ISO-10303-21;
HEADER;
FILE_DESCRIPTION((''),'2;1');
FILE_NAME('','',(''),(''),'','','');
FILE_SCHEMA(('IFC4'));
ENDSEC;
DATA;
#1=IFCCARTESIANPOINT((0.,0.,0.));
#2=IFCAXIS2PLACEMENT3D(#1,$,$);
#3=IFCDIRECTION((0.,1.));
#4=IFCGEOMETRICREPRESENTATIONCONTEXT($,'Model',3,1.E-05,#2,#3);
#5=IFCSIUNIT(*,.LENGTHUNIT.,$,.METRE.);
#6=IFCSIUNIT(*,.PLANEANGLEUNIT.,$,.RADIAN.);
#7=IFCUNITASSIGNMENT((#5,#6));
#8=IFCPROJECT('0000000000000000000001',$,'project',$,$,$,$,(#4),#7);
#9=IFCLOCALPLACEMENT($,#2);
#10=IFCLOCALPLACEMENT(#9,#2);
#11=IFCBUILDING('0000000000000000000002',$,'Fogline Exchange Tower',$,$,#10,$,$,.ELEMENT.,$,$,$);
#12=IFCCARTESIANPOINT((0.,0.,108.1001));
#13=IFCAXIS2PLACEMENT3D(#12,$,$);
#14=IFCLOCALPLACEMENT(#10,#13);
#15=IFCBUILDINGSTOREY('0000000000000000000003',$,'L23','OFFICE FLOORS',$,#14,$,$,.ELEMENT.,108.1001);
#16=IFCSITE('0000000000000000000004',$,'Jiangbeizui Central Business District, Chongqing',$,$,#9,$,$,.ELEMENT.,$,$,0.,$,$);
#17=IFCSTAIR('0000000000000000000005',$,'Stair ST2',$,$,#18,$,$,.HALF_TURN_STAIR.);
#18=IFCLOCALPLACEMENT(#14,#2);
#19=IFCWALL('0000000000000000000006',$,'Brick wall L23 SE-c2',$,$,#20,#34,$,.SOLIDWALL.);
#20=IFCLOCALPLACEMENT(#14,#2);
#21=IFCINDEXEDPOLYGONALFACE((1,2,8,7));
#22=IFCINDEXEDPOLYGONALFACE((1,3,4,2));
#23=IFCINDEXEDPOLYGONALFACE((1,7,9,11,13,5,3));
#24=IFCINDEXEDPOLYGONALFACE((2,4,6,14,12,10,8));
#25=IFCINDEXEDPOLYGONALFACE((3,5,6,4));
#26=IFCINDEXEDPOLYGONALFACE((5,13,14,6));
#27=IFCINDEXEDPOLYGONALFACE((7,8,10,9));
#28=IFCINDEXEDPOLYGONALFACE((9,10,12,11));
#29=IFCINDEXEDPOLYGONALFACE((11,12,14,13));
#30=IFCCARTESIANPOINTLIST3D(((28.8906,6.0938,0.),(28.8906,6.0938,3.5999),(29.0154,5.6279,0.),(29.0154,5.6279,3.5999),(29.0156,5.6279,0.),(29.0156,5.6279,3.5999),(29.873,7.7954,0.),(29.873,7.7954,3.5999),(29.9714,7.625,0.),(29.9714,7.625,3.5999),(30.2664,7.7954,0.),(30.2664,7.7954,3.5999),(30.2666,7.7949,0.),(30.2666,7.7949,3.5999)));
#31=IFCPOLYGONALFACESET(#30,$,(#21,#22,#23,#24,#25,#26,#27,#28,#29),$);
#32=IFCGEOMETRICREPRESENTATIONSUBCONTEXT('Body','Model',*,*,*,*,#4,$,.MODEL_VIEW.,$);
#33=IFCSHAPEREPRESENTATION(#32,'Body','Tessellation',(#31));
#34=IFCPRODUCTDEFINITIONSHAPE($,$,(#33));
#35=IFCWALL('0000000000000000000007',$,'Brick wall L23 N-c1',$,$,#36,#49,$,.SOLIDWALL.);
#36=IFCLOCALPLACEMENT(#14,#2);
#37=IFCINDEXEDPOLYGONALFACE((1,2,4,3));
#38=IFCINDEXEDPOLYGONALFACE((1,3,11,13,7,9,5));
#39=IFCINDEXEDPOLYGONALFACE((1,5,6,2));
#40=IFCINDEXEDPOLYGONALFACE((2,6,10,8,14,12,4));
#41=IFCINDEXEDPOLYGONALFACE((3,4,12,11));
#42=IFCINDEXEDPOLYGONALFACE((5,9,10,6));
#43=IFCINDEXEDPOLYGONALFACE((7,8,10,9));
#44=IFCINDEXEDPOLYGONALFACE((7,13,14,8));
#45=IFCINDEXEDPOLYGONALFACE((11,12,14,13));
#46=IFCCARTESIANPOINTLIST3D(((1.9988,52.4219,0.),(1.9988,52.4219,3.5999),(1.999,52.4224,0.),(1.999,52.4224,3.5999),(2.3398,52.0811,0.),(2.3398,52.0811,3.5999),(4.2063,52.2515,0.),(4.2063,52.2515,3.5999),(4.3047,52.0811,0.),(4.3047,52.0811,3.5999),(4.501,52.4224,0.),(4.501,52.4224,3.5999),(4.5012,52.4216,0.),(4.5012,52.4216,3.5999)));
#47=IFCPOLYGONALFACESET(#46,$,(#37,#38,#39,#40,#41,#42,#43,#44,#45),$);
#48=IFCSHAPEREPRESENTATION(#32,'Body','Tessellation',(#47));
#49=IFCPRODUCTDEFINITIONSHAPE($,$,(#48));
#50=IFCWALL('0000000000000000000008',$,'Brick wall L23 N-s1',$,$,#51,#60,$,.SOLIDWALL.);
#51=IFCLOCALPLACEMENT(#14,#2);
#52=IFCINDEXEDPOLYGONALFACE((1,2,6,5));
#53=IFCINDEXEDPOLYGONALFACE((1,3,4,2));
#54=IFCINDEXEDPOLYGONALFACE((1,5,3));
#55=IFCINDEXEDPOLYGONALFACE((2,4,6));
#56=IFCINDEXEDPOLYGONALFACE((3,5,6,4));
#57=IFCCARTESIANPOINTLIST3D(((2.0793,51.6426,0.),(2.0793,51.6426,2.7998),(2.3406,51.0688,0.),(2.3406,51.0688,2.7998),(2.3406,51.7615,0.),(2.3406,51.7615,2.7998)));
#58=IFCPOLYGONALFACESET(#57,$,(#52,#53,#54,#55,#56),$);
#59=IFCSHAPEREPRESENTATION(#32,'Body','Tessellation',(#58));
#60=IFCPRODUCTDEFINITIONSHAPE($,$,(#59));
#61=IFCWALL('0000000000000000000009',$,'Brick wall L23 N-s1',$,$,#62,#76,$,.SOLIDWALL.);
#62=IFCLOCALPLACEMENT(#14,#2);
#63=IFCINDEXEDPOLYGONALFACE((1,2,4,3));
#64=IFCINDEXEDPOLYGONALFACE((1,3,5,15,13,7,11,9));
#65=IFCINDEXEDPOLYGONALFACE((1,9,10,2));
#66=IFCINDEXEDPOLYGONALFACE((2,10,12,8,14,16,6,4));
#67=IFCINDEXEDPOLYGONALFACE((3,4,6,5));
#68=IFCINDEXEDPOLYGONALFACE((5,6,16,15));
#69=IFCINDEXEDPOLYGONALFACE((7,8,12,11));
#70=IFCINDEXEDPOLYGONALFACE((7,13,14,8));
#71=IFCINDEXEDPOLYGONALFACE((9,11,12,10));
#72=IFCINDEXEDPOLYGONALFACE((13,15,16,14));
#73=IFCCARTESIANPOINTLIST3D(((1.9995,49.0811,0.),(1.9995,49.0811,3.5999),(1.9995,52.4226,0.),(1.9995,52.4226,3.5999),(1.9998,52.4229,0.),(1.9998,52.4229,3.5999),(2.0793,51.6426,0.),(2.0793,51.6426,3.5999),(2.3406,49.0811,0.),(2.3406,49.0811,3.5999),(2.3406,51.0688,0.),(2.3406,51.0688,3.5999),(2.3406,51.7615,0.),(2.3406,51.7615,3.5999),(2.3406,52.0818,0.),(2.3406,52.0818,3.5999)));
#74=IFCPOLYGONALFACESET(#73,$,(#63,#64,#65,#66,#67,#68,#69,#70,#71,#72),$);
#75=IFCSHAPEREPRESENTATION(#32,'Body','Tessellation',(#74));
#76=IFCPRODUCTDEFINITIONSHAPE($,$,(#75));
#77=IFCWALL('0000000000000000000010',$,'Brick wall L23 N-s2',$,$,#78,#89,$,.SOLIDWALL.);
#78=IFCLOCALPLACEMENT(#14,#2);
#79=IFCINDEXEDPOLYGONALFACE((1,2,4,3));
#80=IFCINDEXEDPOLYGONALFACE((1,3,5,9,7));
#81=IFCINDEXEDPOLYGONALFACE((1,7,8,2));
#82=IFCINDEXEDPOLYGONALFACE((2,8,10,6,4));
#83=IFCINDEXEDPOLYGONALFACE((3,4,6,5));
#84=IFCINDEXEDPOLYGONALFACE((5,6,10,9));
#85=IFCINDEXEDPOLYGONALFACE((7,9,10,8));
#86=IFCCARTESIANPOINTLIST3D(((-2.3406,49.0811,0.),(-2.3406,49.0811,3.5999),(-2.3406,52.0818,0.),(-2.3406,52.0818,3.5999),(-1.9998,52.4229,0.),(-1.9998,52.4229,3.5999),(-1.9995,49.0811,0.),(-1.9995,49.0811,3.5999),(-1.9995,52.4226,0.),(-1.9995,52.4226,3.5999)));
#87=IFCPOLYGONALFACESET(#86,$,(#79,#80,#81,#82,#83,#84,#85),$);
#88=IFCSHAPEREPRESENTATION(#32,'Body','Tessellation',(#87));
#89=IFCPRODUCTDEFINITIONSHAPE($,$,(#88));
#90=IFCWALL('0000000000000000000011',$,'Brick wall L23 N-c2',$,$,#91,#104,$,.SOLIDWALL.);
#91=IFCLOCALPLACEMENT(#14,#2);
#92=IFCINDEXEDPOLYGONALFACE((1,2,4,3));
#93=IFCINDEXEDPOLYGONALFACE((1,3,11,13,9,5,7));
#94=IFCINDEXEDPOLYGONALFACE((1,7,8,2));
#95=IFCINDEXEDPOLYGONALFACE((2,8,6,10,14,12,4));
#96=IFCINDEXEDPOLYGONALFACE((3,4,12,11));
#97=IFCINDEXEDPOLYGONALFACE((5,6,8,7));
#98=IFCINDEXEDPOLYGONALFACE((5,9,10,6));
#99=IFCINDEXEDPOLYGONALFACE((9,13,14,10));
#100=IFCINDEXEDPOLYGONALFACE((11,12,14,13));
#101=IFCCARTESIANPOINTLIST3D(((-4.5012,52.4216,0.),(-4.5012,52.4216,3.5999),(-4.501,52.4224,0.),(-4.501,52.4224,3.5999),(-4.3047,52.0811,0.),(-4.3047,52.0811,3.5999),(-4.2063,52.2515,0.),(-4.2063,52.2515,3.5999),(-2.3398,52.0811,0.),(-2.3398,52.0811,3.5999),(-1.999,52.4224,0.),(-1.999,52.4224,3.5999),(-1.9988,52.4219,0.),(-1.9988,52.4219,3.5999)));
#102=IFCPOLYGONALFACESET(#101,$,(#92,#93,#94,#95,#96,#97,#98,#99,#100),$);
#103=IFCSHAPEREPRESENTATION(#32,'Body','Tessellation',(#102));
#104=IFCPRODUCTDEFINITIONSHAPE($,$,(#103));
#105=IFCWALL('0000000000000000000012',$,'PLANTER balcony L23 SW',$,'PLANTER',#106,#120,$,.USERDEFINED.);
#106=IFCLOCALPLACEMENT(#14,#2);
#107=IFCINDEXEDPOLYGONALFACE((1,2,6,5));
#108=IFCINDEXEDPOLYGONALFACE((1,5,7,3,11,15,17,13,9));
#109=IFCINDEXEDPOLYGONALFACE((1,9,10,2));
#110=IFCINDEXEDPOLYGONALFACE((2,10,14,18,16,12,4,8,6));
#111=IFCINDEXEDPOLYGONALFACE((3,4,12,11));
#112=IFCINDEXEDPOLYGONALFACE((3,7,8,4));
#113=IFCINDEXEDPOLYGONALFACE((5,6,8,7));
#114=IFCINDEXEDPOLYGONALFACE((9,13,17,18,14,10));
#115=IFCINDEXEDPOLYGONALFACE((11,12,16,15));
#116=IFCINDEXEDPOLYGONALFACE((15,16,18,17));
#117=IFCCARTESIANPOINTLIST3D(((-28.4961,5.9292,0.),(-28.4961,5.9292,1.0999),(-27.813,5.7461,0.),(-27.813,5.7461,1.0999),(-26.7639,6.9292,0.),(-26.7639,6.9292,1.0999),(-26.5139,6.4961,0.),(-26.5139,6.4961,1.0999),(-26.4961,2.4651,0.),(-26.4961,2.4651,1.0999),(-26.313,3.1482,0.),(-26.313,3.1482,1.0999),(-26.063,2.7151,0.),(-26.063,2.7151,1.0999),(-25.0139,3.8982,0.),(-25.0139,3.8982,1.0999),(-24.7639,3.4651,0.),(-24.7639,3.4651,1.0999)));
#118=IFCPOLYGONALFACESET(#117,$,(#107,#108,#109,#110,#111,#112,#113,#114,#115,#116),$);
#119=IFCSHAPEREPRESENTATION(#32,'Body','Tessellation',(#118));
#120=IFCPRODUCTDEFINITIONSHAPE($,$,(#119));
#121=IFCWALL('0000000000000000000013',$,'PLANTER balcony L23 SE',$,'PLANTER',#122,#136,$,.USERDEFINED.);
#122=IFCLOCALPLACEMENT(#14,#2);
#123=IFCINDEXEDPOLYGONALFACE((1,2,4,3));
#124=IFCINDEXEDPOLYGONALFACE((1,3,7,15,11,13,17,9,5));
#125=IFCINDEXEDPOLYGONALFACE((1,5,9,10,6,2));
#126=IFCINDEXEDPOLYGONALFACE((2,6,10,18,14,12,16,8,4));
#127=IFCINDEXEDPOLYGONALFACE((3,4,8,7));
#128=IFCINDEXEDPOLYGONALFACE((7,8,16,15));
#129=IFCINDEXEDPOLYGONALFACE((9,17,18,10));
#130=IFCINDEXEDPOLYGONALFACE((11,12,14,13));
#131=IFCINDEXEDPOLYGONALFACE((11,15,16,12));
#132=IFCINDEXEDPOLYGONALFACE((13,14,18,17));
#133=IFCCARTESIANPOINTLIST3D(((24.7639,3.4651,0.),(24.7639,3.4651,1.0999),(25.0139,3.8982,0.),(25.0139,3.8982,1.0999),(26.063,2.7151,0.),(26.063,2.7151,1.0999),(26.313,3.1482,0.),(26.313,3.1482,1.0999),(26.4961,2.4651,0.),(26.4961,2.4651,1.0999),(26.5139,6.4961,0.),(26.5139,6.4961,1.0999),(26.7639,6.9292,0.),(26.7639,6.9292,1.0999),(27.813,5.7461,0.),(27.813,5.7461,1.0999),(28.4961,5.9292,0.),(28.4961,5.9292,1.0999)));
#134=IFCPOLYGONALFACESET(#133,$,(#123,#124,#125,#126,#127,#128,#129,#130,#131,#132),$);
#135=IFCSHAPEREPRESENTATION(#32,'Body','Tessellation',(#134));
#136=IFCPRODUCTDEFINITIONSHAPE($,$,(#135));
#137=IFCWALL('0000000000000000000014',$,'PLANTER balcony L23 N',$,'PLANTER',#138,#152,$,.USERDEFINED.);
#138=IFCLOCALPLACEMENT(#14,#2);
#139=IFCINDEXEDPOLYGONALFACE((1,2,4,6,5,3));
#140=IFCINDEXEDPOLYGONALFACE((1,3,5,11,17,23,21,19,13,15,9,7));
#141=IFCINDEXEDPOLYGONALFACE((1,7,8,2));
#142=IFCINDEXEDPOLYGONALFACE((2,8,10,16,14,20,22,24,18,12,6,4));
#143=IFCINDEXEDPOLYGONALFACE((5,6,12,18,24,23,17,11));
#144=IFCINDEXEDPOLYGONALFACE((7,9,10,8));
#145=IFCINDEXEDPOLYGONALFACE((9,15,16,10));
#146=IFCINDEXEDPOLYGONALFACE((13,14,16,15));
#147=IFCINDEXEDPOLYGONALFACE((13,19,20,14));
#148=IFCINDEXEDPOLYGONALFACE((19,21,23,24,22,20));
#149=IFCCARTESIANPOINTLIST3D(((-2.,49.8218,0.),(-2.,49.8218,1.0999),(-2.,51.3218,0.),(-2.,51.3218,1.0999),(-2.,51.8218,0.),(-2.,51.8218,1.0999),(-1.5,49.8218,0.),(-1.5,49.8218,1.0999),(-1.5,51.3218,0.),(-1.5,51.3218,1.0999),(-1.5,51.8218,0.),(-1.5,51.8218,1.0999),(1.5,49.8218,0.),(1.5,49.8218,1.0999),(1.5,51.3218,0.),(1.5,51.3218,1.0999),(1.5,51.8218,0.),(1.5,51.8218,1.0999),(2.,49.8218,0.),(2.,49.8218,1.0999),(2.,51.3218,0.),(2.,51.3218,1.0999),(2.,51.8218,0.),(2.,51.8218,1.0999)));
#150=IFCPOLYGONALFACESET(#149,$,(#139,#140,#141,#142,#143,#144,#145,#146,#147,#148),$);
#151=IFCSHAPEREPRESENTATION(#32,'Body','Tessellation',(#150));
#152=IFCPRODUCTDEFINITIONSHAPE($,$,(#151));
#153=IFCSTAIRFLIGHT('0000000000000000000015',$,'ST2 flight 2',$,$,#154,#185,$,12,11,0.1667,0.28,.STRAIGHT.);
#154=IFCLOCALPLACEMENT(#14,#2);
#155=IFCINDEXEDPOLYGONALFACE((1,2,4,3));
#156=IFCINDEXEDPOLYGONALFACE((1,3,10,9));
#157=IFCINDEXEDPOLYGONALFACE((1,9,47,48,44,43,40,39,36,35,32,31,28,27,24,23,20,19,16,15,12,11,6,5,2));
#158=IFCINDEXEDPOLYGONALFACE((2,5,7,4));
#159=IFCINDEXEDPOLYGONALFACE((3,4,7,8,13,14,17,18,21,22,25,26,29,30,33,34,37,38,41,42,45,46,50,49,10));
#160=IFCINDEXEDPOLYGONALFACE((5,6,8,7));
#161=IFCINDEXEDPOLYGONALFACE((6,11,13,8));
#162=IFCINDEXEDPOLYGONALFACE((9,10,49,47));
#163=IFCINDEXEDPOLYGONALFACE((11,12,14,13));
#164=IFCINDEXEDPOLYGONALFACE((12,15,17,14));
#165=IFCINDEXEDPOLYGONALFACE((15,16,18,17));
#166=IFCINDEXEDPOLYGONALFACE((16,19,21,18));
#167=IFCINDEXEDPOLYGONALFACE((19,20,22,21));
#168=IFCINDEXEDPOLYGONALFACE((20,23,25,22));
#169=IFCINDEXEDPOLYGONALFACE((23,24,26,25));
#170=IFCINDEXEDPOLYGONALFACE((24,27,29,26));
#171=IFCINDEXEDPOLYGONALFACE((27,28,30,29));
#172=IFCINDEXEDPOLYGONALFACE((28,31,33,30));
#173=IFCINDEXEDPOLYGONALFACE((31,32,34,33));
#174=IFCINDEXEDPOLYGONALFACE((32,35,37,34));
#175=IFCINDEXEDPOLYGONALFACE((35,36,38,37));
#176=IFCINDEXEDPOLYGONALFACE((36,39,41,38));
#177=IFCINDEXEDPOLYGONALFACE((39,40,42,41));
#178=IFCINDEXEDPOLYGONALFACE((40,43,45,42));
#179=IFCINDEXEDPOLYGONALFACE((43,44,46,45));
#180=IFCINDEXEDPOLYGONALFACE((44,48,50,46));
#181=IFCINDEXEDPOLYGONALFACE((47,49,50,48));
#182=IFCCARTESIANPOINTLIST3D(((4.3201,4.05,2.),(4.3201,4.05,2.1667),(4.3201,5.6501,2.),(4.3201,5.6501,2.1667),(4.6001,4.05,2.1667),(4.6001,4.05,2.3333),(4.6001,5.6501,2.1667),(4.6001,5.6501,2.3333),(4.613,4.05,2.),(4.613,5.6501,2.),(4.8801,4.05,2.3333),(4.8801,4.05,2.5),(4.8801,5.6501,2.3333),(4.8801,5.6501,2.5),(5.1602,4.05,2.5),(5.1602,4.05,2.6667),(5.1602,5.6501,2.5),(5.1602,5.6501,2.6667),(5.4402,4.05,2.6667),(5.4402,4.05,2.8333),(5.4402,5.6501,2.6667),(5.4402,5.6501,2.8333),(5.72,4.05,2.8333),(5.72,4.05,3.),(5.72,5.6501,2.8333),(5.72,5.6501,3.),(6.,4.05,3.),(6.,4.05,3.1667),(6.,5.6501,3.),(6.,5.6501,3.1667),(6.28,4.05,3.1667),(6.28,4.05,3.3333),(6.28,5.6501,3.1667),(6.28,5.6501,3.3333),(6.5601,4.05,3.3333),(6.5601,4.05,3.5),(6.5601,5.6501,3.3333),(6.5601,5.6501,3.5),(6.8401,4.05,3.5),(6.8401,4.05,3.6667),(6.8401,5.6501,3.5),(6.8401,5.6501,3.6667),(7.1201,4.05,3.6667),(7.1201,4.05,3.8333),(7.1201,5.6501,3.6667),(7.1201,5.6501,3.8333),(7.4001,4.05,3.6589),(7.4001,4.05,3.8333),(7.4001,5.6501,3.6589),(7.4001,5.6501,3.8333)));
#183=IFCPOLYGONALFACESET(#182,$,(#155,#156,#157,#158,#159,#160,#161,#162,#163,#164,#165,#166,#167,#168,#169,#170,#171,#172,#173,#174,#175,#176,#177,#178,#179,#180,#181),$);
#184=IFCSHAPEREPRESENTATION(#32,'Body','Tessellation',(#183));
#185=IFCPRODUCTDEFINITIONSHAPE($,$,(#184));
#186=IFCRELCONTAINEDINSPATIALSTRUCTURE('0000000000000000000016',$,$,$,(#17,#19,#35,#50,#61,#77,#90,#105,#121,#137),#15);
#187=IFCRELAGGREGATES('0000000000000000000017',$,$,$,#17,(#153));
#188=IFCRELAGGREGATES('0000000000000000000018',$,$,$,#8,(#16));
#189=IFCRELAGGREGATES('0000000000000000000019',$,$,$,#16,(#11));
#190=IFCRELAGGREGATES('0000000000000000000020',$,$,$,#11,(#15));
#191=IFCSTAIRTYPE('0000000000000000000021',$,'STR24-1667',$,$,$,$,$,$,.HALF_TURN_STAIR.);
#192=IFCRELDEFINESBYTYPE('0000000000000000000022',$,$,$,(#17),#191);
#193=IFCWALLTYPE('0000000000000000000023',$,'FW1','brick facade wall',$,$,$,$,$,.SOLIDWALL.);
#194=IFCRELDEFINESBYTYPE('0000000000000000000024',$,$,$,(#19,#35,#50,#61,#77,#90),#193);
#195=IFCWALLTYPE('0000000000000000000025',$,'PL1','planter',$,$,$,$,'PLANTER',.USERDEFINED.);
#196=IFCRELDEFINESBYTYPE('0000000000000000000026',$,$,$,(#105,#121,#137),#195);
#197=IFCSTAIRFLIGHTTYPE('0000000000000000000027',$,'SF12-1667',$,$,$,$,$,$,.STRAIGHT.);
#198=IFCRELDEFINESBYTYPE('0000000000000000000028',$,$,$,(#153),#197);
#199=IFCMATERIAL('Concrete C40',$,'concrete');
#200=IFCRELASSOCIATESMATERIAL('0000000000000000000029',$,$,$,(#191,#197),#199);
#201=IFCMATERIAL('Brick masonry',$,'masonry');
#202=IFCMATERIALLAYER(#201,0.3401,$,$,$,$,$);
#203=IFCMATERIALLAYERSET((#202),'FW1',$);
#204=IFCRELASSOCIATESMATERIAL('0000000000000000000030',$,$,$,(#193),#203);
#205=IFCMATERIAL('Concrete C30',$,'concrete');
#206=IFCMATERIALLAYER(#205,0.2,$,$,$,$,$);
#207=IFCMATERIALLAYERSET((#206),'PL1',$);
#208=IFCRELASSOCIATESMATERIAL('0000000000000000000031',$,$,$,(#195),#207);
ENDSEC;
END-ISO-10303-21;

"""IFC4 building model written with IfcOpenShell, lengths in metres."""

from ifc_helpers import new_model, si_unit, direction, frame, origin, place, context, subcontext, project, spatial, polyline, outline, extrude, material, layer, layer_set, type_object, element, aggregate, save


model = new_model("IFC4")

# Units and contexts
model_context = context("Model", 3, precision=1e-05, world=origin(), true_north=direction((0.0, 1.0)))
body_context = subcontext(model_context, "Body", "Model", "MODEL_VIEW")
ifc_project = project(units=[si_unit("LENGTHUNIT", "METRE"), si_unit("PLANEANGLEUNIT", "RADIAN")], contexts=[model_context])

# Site, building, storey
site_placement = place(None, origin())
site = spatial("IfcSite", under=ifc_project, at=site_placement, Name="Jiangbeizui Central Business District, Chongqing", CompositionType="ELEMENT", RefElevation=0.0)
building_placement = place(site_placement, origin())
building = spatial("IfcBuilding", under=site, at=building_placement, Name="Fogline Exchange Tower", CompositionType="ELEMENT")
storey_placement = place(building_placement, frame((0.0, 0.0, 108.1001)))
storey = spatial("IfcBuildingStorey", under=building, at=storey_placement, Name="L23", Description="OFFICE FLOORS", CompositionType="ELEMENT", Elevation=108.1001)

# Shared definitions
ifc_material_1 = material(Name="Concrete C40", Category="concrete")

# Stair
stair_type = type_object("IfcStairType", Name="STR24-1667", PredefinedType="HALF_TURN_STAIR", material=ifc_material_1)
stair_1_placement = place(storey_placement, origin())
stair_1 = element("IfcStair", 1, at=stair_1_placement, inside=storey, type_object=stair_type, Name="Stair ST2", PredefinedType="HALF_TURN_STAIR")

# Walls
ifc_material_2 = material(Name="Brick masonry", Category="masonry")
ifc_layer_1 = layer(ifc_material_2, 0.3401)
ifc_layer_set_1 = layer_set([ifc_layer_1], Name="FW1")
wall_type_1 = type_object("IfcWallType", Name="FW1", Description="brick facade wall", PredefinedType="SOLIDWALL", material=ifc_layer_set_1)
wall_1_placement = place(storey_placement, origin())
element("IfcWall", 2, at=wall_1_placement, inside=storey, type_object=wall_type_1, Name="Brick wall L23 SE-c2", PredefinedType="SOLIDWALL", context=body_context, shape_type="SweptSolid", body=[
    extrude(outline(polyline([(29.873, 7.7954), (29.9714, 7.625), (30.2664, 7.7954), (30.2666, 7.7949), (29.0156, 5.6279), (29.0154, 5.6279), (28.8906, 6.0938), (29.873, 7.7954)])), origin(), (0.0, 0.0, 1.0), 3.5999),
])
wall_2_placement = place(storey_placement, origin())
element("IfcWall", 3, at=wall_2_placement, inside=storey, type_object=wall_type_1, Name="Brick wall L23 N-c1", PredefinedType="SOLIDWALL", context=body_context, shape_type="SweptSolid", body=[
    extrude(outline(polyline([(1.999, 52.4224), (4.501, 52.4224), (4.5012, 52.4216), (4.2063, 52.2515), (4.3047, 52.0811), (2.3398, 52.0811), (1.9988, 52.4219), (1.999, 52.4224)])), origin(), (0.0, 0.0, 1.0), 3.5999),
])
wall_3_placement = place(storey_placement, origin())
element("IfcWall", 4, at=wall_3_placement, inside=storey, type_object=wall_type_1, Name="Brick wall L23 N-s1", PredefinedType="SOLIDWALL", context=body_context, shape_type="SweptSolid", body=[
    extrude(outline(polyline([(2.3406, 51.0688), (2.0793, 51.6426), (2.3406, 51.7615), (2.3406, 51.0688)])), origin(), (0.0, 0.0, 1.0), 2.7998),
])
wall_4_placement = place(storey_placement, origin())
element("IfcWall", 5, at=wall_4_placement, inside=storey, type_object=wall_type_1, Name="Brick wall L23 N-s1", PredefinedType="SOLIDWALL", context=body_context, shape_type="SweptSolid", body=[
    extrude(outline(polyline([(1.9995, 49.0811), (1.9995, 52.4226), (1.9998, 52.4229), (2.3406, 52.0818), (2.3406, 51.7615), (2.0793, 51.6426), (2.3406, 51.0688), (2.3406, 49.0811), (1.9995, 49.0811)])), origin(), (0.0, 0.0, 1.0), 3.5999),
])
wall_5_placement = place(storey_placement, origin())
element("IfcWall", 6, at=wall_5_placement, inside=storey, type_object=wall_type_1, Name="Brick wall L23 N-s2", PredefinedType="SOLIDWALL", context=body_context, shape_type="SweptSolid", body=[
    extrude(outline(polyline([(-1.9995, 52.4226), (-1.9995, 49.0811), (-2.3406, 49.0811), (-2.3406, 52.0818), (-1.9998, 52.4229), (-1.9995, 52.4226)])), origin(), (0.0, 0.0, 1.0), 3.5999),
])
wall_6_placement = place(storey_placement, origin())
element("IfcWall", 7, at=wall_6_placement, inside=storey, type_object=wall_type_1, Name="Brick wall L23 N-c2", PredefinedType="SOLIDWALL", context=body_context, shape_type="SweptSolid", body=[
    extrude(outline(polyline([(-4.3047, 52.0811), (-4.2063, 52.2515), (-4.5012, 52.4216), (-4.501, 52.4224), (-1.999, 52.4224), (-1.9988, 52.4219), (-2.3398, 52.0811), (-4.3047, 52.0811)])), origin(), (0.0, 0.0, 1.0), 3.5999),
])
ifc_material_3 = material(Name="Concrete C30", Category="concrete")
ifc_layer_2 = layer(ifc_material_3, 0.2)
ifc_layer_set_2 = layer_set([ifc_layer_2], Name="PL1")
wall_type_2 = type_object("IfcWallType", Name="PL1", Description="planter", ElementType="PLANTER", PredefinedType="USERDEFINED", material=ifc_layer_set_2)
wall_7_placement = place(storey_placement, origin())
element("IfcWall", 8, at=wall_7_placement, inside=storey, type_object=wall_type_2, Name="PLANTER balcony L23 SW", ObjectType="PLANTER", PredefinedType="USERDEFINED", context=body_context, shape_type="SweptSolid", body=[
    extrude(outline(polyline([(-25.0139, 3.8982), (-26.313, 3.1482), (-27.813, 5.7461), (-26.5139, 6.4961), (-26.7639, 6.9292), (-28.4961, 5.9292), (-26.4961, 2.4651), (-26.063, 2.7151), (-26.063, 2.7151), (-24.7639, 3.4651), (-25.0139, 3.8982)])), origin(), (0.0, 0.0, 1.0), 1.0999),
])
wall_8_placement = place(storey_placement, origin())
element("IfcWall", 9, at=wall_8_placement, inside=storey, type_object=wall_type_2, Name="PLANTER balcony L23 SE", ObjectType="PLANTER", PredefinedType="USERDEFINED", context=body_context, shape_type="SweptSolid", body=[
    extrude(outline(polyline([(24.7639, 3.4651), (26.063, 2.7151), (26.063, 2.7151), (26.4961, 2.4651), (28.4961, 5.9292), (26.7639, 6.9292), (26.5139, 6.4961), (27.813, 5.7461), (26.313, 3.1482), (25.0139, 3.8982), (24.7639, 3.4651)])), origin(), (0.0, 0.0, 1.0), 1.0999),
])
wall_9_placement = place(storey_placement, origin())
element("IfcWall", 10, at=wall_9_placement, inside=storey, type_object=wall_type_2, Name="PLANTER balcony L23 N", ObjectType="PLANTER", PredefinedType="USERDEFINED", context=body_context, shape_type="SweptSolid", body=[
    extrude(outline(polyline([(-1.5, 51.8218), (-2.0, 51.8218), (-2.0, 51.3218), (-2.0, 49.8218), (-1.5, 49.8218), (-1.5, 51.3218), (1.5, 51.3218), (1.5, 49.8218), (2.0, 49.8218), (2.0, 51.3218), (2.0, 51.8218), (1.5, 51.8218), (-1.5, 51.8218)])), origin(), (0.0, 0.0, 1.0), 1.0999),
])

# Stair flight
stair_flight_type = type_object("IfcStairFlightType", Name="SF12-1667", PredefinedType="STRAIGHT", material=ifc_material_1)
stair_flight_placement = place(storey_placement, frame((4.3201, 4.8501, 2.0), z_axis=(0.0, 0.0, 1.0), x_axis=(1.0, 0.0, 0.0)))
stair_flight = element("IfcStairFlight", 11, at=stair_flight_placement, type_object=stair_flight_type, Name="ST2 flight 2", NumberOfRisers=12, NumberOfTreads=11, PredefinedType="STRAIGHT", RiserHeight=0.1667, TreadLength=0.28, context=body_context, shape_type="SweptSolid", body=[
    extrude(outline(polyline([(0.0, 0.0), (0.0, 0.1667), (0.28, 0.1667), (0.28, 0.3333), (0.5601, 0.3333), (0.5601, 0.5), (0.8401, 0.5), (0.8401, 0.6667), (1.1201, 0.6667), (1.1201, 0.8333), (1.3999, 0.8333), (1.3999, 1.0), (1.6799, 1.0), (1.6799, 1.1667), (1.96, 1.1667), (1.96, 1.3333), (2.24, 1.3333), (2.24, 1.5), (2.52, 1.5), (2.52, 1.6667), (2.8, 1.6667), (2.8, 1.8333), (3.0801, 1.8333), (3.0801, 2.0), (3.0801, 1.6589), (0.293, 0.0), (0.0, 0.0)])), frame((0.0, 0.8, 0.0), z_axis=(0.0, -1.0, 0.0), x_axis=(1.0, 0.0, 0.0)), (0.0, 0.0, 1.0), 1.6001),
])
aggregate(stair_1, [stair_flight])

save(model, "model.ifc")
